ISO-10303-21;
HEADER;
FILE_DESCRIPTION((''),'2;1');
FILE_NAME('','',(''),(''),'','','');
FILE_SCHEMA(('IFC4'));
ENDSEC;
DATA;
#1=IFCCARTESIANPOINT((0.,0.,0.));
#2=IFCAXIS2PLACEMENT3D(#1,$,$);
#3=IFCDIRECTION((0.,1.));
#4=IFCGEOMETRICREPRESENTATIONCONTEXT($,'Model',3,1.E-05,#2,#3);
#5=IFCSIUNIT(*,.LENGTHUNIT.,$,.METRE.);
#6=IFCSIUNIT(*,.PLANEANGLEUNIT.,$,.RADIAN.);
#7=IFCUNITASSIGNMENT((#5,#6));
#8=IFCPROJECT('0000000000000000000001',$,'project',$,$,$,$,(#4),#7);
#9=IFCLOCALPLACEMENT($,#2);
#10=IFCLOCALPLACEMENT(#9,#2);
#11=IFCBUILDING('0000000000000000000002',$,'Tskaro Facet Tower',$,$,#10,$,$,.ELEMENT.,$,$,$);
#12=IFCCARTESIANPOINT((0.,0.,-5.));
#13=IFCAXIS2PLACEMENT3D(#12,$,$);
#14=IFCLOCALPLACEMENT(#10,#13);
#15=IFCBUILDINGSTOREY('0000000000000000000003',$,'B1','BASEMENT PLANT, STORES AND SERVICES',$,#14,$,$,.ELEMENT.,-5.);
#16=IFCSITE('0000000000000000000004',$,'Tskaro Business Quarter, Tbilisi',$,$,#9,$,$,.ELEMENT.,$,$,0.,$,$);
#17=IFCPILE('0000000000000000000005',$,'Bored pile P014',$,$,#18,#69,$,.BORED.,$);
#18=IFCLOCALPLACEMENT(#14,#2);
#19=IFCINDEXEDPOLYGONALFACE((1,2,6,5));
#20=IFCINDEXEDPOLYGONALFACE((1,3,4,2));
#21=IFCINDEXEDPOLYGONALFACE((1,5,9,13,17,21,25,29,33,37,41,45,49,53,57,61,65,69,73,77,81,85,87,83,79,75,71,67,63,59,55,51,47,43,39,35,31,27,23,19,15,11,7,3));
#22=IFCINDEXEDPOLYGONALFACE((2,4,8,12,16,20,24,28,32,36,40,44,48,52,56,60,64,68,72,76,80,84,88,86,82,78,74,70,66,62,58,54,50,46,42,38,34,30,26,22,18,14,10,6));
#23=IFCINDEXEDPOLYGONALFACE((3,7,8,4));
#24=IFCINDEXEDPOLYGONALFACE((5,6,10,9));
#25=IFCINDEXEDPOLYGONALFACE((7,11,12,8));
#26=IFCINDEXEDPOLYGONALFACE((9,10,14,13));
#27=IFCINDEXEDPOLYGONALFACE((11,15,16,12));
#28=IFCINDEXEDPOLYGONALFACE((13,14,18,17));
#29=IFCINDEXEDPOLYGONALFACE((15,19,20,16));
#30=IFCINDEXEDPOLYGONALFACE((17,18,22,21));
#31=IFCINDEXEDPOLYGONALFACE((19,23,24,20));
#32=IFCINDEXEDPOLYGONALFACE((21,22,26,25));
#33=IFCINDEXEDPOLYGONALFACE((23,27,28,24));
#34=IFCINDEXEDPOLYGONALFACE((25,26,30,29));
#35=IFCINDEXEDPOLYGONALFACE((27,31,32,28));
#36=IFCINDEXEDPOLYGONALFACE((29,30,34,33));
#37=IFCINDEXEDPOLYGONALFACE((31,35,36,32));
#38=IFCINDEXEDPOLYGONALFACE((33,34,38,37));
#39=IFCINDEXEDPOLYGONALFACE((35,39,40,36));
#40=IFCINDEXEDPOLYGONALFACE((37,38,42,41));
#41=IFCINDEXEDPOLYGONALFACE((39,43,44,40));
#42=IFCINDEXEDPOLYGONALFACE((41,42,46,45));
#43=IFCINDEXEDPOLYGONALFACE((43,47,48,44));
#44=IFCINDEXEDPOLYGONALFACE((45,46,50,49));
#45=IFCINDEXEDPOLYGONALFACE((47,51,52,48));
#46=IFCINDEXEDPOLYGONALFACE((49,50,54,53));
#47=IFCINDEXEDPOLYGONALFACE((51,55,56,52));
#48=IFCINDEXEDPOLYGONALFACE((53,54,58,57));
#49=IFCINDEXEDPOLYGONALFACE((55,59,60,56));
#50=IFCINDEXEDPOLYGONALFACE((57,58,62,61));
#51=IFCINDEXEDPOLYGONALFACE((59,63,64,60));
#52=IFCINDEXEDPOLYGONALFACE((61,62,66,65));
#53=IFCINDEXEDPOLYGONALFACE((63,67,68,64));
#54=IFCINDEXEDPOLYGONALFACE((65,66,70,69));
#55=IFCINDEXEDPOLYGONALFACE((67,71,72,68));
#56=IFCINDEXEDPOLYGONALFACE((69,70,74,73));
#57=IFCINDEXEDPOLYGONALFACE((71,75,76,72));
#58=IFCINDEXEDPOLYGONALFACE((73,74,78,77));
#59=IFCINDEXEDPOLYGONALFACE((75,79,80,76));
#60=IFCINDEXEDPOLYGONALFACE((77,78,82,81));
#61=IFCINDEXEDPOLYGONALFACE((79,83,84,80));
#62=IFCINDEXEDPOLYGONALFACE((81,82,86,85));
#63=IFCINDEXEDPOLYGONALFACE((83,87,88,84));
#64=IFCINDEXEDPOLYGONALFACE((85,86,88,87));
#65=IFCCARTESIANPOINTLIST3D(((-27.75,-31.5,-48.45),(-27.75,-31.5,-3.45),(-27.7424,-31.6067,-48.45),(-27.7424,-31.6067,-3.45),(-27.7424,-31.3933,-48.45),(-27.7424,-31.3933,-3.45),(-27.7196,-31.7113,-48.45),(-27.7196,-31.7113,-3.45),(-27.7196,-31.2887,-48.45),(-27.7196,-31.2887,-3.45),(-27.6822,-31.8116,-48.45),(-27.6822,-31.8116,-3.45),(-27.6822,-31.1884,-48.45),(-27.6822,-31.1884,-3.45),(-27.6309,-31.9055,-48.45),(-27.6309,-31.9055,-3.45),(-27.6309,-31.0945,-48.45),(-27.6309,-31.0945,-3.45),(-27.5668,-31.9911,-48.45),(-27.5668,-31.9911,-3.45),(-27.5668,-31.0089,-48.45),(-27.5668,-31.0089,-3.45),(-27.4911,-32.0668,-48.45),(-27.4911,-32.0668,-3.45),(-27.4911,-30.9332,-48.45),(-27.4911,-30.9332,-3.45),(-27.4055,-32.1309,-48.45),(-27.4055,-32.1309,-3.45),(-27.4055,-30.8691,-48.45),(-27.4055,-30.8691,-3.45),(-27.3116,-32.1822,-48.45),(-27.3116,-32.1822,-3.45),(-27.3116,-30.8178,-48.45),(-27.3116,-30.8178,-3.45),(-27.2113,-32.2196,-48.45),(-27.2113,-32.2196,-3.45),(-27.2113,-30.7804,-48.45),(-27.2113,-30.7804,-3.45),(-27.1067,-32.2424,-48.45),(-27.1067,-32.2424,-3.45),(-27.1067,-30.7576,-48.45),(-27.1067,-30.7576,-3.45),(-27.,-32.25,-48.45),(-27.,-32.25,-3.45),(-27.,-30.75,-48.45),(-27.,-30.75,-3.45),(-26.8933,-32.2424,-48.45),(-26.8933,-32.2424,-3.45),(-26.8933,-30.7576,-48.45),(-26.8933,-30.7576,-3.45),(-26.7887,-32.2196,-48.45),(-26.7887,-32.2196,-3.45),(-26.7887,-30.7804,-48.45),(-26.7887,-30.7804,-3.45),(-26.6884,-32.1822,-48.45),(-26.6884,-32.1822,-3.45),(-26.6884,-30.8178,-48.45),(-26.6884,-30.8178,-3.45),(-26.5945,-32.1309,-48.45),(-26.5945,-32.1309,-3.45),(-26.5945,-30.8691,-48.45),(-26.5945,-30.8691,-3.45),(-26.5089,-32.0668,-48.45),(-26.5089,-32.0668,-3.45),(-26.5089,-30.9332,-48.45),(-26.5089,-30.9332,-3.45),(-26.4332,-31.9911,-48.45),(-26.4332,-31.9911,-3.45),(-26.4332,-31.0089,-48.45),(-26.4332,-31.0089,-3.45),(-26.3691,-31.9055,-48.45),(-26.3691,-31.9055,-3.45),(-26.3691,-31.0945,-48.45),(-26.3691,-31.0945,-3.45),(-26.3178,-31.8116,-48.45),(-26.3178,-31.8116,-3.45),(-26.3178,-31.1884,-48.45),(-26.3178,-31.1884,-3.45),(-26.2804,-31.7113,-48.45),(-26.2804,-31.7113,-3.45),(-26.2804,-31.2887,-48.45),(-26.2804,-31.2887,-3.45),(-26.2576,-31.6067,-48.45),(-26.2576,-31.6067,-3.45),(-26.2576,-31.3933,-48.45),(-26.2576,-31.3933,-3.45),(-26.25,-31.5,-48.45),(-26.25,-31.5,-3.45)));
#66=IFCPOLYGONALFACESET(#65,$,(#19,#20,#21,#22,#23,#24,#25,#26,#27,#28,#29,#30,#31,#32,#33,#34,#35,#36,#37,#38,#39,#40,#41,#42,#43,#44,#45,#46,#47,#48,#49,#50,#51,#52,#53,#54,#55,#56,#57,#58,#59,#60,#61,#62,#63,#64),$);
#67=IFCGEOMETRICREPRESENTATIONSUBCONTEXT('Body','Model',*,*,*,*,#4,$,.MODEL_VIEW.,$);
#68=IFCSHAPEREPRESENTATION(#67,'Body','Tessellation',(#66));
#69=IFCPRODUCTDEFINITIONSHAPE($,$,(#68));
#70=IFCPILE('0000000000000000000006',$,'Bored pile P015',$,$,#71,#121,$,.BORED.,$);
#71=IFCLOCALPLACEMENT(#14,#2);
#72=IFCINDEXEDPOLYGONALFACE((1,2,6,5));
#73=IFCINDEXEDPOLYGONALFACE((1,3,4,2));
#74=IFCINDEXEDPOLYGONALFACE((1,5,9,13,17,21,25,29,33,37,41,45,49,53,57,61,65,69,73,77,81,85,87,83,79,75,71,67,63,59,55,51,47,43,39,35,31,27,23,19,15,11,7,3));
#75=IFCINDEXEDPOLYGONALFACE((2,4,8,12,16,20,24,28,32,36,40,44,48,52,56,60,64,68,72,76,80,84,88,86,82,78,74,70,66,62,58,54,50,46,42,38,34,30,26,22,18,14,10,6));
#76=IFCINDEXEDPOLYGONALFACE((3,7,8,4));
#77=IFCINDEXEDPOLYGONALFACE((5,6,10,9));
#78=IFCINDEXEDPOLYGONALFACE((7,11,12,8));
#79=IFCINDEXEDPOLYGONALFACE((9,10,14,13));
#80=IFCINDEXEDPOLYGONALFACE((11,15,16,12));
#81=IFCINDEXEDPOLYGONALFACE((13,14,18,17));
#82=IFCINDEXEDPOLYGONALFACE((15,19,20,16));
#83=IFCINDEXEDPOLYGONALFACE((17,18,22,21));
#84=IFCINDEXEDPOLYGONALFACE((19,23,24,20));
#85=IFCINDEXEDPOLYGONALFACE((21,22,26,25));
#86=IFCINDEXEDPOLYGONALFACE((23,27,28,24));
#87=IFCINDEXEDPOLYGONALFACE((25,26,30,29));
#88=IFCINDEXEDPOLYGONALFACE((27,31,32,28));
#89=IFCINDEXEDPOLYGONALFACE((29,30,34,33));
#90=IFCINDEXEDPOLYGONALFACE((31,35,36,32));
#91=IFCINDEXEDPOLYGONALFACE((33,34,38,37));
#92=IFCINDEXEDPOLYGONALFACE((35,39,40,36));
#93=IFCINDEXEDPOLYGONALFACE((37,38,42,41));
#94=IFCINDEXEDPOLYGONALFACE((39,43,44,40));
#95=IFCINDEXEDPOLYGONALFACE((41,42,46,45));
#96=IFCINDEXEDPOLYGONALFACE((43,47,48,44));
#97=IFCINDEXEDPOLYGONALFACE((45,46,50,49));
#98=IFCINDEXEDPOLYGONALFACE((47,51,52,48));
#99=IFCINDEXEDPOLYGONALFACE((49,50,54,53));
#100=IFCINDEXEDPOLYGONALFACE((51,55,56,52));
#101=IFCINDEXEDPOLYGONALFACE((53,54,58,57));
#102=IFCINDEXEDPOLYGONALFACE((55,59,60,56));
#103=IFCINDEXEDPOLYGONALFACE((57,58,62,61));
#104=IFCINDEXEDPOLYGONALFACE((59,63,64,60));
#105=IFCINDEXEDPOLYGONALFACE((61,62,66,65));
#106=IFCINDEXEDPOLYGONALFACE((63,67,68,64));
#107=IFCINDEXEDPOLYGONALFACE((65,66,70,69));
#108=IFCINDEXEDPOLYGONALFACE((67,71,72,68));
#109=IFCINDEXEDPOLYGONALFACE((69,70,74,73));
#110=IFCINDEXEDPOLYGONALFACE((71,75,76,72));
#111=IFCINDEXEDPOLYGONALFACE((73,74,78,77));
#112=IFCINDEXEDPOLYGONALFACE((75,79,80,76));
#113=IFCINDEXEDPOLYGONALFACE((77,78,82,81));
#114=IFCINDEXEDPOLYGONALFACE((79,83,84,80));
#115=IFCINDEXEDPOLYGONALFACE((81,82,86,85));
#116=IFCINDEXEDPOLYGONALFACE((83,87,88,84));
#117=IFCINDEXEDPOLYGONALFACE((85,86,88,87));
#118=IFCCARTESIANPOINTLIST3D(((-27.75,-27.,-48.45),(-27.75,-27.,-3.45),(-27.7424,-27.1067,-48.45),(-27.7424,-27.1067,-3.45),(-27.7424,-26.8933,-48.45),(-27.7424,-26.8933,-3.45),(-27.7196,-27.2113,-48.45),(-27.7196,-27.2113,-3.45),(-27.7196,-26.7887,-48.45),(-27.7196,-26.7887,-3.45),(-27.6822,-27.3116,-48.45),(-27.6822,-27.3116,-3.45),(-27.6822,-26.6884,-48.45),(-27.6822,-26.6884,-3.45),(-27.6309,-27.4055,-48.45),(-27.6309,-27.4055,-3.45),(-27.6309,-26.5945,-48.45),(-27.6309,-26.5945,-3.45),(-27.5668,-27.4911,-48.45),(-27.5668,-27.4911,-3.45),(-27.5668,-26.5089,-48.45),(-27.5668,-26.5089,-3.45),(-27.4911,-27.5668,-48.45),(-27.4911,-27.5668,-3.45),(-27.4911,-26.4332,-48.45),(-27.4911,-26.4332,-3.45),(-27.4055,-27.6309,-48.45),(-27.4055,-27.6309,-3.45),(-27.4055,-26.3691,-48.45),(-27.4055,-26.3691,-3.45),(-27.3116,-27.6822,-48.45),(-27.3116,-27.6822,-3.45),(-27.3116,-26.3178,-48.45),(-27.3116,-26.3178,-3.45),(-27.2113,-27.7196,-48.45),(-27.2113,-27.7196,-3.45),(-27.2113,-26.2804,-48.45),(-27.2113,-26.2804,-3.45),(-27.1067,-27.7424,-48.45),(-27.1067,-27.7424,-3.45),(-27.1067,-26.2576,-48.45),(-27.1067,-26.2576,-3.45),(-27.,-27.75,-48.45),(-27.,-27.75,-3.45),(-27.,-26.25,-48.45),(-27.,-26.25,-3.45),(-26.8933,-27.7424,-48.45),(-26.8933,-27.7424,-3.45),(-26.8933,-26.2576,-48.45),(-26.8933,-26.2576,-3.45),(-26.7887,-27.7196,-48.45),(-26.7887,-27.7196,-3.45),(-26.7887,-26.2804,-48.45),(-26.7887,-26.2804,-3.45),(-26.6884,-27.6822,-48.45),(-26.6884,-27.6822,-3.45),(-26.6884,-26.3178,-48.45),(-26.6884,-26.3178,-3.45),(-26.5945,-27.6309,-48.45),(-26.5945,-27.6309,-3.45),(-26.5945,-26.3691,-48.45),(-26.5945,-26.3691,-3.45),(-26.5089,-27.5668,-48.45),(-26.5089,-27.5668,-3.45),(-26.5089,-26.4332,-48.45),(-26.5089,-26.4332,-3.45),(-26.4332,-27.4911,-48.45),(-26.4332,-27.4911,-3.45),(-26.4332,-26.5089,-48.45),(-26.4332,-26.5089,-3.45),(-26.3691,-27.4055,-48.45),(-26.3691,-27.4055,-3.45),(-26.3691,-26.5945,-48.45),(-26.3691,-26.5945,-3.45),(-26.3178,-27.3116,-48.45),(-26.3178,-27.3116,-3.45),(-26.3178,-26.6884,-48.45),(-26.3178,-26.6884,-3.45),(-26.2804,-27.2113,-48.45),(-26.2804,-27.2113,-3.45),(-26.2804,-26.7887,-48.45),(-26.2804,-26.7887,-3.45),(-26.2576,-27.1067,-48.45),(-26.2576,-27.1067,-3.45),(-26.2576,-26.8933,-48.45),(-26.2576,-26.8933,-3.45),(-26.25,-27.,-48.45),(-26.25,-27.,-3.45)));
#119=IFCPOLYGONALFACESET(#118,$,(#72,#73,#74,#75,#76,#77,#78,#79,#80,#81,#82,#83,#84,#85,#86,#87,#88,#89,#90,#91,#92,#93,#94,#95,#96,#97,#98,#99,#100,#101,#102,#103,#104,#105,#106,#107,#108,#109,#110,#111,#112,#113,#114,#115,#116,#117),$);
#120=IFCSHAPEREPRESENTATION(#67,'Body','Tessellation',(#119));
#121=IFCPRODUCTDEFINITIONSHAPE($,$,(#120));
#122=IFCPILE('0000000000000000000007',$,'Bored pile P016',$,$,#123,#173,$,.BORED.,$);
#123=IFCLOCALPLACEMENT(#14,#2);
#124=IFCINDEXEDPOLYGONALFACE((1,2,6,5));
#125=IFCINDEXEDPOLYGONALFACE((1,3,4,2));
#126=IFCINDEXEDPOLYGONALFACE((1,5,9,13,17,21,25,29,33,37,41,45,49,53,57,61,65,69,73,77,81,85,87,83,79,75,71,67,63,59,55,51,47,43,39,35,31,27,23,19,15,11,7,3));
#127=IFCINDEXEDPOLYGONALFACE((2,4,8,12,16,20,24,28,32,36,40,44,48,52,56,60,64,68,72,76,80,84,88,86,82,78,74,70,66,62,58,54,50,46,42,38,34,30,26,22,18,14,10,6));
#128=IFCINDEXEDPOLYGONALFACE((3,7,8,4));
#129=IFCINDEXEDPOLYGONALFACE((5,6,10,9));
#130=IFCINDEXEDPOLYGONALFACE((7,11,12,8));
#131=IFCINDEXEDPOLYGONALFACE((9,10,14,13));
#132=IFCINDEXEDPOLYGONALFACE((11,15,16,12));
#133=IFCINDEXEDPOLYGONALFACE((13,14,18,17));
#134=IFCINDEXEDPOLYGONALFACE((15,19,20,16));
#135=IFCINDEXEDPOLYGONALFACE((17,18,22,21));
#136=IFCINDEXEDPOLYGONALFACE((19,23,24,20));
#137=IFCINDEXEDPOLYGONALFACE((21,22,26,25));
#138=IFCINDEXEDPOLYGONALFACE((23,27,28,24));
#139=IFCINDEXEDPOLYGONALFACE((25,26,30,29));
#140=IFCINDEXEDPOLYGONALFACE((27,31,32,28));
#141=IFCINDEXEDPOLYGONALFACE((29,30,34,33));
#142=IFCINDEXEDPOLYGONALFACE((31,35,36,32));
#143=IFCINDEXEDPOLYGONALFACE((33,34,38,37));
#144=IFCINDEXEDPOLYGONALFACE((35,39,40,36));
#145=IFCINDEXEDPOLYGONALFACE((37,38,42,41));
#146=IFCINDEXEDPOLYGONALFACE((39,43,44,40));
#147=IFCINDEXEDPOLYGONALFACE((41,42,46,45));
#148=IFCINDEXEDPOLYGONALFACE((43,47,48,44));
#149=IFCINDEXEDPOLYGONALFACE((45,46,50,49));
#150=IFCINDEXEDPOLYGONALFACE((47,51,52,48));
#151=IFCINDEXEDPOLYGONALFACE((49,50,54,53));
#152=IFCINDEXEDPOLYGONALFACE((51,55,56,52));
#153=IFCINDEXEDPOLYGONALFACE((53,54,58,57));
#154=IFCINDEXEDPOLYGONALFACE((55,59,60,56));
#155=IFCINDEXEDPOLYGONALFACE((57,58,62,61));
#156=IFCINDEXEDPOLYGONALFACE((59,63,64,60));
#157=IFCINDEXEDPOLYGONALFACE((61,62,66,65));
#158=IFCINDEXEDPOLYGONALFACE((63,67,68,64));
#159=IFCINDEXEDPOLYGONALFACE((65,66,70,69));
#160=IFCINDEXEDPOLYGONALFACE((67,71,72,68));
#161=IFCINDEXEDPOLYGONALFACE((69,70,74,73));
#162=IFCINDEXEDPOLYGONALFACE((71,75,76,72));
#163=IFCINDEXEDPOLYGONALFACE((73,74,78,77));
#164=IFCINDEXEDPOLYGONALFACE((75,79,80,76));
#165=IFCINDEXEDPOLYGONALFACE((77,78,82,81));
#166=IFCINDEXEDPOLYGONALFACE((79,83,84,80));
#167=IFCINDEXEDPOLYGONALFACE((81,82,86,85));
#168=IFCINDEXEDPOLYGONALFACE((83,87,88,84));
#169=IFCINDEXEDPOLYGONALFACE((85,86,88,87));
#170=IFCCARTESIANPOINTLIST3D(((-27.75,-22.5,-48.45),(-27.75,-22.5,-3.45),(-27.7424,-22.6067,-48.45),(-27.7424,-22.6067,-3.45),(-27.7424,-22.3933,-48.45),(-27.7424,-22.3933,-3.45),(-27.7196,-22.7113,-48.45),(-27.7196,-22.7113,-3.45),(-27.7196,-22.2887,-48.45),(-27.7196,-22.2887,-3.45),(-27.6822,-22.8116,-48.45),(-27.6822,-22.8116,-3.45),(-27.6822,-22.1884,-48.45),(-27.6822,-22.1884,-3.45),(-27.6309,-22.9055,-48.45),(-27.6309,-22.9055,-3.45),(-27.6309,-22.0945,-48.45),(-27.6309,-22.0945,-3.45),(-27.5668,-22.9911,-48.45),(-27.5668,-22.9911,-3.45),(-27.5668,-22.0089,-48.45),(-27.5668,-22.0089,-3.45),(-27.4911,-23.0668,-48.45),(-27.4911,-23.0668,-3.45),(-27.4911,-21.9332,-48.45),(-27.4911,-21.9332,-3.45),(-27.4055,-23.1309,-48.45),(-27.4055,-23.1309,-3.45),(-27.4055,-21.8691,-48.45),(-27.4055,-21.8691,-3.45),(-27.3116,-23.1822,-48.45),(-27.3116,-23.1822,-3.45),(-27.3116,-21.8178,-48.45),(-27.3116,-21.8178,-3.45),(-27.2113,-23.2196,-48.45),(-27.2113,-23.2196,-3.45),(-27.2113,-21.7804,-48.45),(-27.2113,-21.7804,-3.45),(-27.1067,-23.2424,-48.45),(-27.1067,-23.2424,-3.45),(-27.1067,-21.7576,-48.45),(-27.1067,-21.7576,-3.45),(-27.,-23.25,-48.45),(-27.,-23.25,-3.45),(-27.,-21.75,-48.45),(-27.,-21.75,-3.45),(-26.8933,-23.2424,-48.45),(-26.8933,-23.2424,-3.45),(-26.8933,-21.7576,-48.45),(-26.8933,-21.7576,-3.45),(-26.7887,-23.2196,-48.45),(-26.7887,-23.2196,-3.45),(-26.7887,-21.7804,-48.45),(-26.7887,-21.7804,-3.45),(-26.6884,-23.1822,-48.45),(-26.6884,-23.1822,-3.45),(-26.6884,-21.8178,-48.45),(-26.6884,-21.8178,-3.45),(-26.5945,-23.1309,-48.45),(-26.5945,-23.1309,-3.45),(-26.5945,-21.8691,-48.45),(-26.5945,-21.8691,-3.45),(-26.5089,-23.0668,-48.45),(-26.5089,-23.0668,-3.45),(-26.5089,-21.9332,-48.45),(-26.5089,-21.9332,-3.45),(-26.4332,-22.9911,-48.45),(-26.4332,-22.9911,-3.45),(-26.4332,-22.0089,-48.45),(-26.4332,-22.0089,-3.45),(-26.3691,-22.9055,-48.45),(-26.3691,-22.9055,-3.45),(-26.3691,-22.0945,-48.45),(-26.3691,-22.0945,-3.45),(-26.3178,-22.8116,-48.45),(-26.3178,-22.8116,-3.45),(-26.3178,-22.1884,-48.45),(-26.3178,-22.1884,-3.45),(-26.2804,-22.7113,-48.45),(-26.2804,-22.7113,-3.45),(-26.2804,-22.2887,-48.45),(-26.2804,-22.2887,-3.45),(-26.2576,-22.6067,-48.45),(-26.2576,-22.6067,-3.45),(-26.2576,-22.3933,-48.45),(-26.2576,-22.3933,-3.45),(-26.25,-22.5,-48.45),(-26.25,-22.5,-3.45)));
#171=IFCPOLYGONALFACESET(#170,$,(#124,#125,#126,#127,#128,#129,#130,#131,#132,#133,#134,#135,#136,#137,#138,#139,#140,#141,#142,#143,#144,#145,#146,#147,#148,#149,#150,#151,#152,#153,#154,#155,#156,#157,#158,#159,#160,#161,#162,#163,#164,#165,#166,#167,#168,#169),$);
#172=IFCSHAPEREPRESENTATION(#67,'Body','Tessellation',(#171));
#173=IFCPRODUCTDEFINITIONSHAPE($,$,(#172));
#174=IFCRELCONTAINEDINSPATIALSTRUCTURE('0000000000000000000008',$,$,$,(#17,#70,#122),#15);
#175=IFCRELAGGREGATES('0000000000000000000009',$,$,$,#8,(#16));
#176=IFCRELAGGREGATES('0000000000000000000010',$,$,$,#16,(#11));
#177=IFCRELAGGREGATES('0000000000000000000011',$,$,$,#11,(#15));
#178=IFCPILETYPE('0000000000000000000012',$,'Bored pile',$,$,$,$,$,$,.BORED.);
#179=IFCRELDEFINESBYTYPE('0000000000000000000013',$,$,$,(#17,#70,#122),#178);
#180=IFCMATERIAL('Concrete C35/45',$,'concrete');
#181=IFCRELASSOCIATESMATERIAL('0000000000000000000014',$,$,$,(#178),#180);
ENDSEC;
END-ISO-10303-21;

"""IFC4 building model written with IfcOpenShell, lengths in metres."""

from ifc_helpers import new_model, si_unit, direction, frame, origin, origin_2d, place, context, subcontext, project, spatial, circle, extrude, material, material_profile, profile_set, type_object, element, save


model = new_model("IFC4")

# Units and contexts
model_context = context("Model", 3, precision=1e-05, world=origin(), true_north=direction((0.0, 1.0)))
body_context = subcontext(model_context, "Body", "Model", "MODEL_VIEW")
ifc_project = project(units=[si_unit("LENGTHUNIT", "METRE"), si_unit("PLANEANGLEUNIT", "RADIAN")], contexts=[model_context])

# Site, building, storey
site_placement = place(None, origin())
site = spatial("IfcSite", under=ifc_project, at=site_placement, Name="Tskaro Business Quarter, Tbilisi", CompositionType="ELEMENT", RefElevation=0.0)
building_placement = place(site_placement, origin())
building = spatial("IfcBuilding", under=site, at=building_placement, Name="Tskaro Facet Tower", CompositionType="ELEMENT")
storey_placement = place(building_placement, frame((0.0, 0.0, -5.0)))
storey = spatial("IfcBuildingStorey", under=building, at=storey_placement, Name="B1", Description="BASEMENT PLANT, STORES AND SERVICES", CompositionType="ELEMENT", Elevation=-5.0)

# Piles
ifc_material_1 = material(Name="Concrete C35/45", Category="concrete")
ifc_material_profile_1 = material_profile(ifc_material_1, circle(Radius=0.75, at=origin_2d()), Name="Bored pile")
ifc_profile_set_1 = profile_set([ifc_material_profile_1], Name="Concrete C35/45")
pile_type = type_object("IfcPileType", Name="Bored pile", PredefinedType="BORED", material=ifc_profile_set_1)
for number, where, z_axis, x_axis, name in (
    (1, (-27.0, -31.5, -3.45), (0.0, 0.0, -1.0), (1.0, 0.0, 0.0), "Bored pile P014"),
    (2, (-27.0, -27.0, -3.45), (0.0, 0.0, -1.0), (1.0, 0.0, 0.0), "Bored pile P015"),
    (3, (-27.0, -22.5, -3.45), (0.0, 0.0, -1.0), (1.0, 0.0, 0.0), "Bored pile P016"),
):
    element("IfcPile", number, at=place(storey_placement, frame(where, z_axis=z_axis, x_axis=x_axis)), inside=storey, type_object=pile_type, Name=name, PredefinedType="BORED", context=body_context, shape_type="SweptSolid", body=[
        extrude(circle(Radius=0.75, at=origin_2d()), origin(), (0.0, 0.0, 1.0), 45.0),
    ])

save(model, "model.ifc")
